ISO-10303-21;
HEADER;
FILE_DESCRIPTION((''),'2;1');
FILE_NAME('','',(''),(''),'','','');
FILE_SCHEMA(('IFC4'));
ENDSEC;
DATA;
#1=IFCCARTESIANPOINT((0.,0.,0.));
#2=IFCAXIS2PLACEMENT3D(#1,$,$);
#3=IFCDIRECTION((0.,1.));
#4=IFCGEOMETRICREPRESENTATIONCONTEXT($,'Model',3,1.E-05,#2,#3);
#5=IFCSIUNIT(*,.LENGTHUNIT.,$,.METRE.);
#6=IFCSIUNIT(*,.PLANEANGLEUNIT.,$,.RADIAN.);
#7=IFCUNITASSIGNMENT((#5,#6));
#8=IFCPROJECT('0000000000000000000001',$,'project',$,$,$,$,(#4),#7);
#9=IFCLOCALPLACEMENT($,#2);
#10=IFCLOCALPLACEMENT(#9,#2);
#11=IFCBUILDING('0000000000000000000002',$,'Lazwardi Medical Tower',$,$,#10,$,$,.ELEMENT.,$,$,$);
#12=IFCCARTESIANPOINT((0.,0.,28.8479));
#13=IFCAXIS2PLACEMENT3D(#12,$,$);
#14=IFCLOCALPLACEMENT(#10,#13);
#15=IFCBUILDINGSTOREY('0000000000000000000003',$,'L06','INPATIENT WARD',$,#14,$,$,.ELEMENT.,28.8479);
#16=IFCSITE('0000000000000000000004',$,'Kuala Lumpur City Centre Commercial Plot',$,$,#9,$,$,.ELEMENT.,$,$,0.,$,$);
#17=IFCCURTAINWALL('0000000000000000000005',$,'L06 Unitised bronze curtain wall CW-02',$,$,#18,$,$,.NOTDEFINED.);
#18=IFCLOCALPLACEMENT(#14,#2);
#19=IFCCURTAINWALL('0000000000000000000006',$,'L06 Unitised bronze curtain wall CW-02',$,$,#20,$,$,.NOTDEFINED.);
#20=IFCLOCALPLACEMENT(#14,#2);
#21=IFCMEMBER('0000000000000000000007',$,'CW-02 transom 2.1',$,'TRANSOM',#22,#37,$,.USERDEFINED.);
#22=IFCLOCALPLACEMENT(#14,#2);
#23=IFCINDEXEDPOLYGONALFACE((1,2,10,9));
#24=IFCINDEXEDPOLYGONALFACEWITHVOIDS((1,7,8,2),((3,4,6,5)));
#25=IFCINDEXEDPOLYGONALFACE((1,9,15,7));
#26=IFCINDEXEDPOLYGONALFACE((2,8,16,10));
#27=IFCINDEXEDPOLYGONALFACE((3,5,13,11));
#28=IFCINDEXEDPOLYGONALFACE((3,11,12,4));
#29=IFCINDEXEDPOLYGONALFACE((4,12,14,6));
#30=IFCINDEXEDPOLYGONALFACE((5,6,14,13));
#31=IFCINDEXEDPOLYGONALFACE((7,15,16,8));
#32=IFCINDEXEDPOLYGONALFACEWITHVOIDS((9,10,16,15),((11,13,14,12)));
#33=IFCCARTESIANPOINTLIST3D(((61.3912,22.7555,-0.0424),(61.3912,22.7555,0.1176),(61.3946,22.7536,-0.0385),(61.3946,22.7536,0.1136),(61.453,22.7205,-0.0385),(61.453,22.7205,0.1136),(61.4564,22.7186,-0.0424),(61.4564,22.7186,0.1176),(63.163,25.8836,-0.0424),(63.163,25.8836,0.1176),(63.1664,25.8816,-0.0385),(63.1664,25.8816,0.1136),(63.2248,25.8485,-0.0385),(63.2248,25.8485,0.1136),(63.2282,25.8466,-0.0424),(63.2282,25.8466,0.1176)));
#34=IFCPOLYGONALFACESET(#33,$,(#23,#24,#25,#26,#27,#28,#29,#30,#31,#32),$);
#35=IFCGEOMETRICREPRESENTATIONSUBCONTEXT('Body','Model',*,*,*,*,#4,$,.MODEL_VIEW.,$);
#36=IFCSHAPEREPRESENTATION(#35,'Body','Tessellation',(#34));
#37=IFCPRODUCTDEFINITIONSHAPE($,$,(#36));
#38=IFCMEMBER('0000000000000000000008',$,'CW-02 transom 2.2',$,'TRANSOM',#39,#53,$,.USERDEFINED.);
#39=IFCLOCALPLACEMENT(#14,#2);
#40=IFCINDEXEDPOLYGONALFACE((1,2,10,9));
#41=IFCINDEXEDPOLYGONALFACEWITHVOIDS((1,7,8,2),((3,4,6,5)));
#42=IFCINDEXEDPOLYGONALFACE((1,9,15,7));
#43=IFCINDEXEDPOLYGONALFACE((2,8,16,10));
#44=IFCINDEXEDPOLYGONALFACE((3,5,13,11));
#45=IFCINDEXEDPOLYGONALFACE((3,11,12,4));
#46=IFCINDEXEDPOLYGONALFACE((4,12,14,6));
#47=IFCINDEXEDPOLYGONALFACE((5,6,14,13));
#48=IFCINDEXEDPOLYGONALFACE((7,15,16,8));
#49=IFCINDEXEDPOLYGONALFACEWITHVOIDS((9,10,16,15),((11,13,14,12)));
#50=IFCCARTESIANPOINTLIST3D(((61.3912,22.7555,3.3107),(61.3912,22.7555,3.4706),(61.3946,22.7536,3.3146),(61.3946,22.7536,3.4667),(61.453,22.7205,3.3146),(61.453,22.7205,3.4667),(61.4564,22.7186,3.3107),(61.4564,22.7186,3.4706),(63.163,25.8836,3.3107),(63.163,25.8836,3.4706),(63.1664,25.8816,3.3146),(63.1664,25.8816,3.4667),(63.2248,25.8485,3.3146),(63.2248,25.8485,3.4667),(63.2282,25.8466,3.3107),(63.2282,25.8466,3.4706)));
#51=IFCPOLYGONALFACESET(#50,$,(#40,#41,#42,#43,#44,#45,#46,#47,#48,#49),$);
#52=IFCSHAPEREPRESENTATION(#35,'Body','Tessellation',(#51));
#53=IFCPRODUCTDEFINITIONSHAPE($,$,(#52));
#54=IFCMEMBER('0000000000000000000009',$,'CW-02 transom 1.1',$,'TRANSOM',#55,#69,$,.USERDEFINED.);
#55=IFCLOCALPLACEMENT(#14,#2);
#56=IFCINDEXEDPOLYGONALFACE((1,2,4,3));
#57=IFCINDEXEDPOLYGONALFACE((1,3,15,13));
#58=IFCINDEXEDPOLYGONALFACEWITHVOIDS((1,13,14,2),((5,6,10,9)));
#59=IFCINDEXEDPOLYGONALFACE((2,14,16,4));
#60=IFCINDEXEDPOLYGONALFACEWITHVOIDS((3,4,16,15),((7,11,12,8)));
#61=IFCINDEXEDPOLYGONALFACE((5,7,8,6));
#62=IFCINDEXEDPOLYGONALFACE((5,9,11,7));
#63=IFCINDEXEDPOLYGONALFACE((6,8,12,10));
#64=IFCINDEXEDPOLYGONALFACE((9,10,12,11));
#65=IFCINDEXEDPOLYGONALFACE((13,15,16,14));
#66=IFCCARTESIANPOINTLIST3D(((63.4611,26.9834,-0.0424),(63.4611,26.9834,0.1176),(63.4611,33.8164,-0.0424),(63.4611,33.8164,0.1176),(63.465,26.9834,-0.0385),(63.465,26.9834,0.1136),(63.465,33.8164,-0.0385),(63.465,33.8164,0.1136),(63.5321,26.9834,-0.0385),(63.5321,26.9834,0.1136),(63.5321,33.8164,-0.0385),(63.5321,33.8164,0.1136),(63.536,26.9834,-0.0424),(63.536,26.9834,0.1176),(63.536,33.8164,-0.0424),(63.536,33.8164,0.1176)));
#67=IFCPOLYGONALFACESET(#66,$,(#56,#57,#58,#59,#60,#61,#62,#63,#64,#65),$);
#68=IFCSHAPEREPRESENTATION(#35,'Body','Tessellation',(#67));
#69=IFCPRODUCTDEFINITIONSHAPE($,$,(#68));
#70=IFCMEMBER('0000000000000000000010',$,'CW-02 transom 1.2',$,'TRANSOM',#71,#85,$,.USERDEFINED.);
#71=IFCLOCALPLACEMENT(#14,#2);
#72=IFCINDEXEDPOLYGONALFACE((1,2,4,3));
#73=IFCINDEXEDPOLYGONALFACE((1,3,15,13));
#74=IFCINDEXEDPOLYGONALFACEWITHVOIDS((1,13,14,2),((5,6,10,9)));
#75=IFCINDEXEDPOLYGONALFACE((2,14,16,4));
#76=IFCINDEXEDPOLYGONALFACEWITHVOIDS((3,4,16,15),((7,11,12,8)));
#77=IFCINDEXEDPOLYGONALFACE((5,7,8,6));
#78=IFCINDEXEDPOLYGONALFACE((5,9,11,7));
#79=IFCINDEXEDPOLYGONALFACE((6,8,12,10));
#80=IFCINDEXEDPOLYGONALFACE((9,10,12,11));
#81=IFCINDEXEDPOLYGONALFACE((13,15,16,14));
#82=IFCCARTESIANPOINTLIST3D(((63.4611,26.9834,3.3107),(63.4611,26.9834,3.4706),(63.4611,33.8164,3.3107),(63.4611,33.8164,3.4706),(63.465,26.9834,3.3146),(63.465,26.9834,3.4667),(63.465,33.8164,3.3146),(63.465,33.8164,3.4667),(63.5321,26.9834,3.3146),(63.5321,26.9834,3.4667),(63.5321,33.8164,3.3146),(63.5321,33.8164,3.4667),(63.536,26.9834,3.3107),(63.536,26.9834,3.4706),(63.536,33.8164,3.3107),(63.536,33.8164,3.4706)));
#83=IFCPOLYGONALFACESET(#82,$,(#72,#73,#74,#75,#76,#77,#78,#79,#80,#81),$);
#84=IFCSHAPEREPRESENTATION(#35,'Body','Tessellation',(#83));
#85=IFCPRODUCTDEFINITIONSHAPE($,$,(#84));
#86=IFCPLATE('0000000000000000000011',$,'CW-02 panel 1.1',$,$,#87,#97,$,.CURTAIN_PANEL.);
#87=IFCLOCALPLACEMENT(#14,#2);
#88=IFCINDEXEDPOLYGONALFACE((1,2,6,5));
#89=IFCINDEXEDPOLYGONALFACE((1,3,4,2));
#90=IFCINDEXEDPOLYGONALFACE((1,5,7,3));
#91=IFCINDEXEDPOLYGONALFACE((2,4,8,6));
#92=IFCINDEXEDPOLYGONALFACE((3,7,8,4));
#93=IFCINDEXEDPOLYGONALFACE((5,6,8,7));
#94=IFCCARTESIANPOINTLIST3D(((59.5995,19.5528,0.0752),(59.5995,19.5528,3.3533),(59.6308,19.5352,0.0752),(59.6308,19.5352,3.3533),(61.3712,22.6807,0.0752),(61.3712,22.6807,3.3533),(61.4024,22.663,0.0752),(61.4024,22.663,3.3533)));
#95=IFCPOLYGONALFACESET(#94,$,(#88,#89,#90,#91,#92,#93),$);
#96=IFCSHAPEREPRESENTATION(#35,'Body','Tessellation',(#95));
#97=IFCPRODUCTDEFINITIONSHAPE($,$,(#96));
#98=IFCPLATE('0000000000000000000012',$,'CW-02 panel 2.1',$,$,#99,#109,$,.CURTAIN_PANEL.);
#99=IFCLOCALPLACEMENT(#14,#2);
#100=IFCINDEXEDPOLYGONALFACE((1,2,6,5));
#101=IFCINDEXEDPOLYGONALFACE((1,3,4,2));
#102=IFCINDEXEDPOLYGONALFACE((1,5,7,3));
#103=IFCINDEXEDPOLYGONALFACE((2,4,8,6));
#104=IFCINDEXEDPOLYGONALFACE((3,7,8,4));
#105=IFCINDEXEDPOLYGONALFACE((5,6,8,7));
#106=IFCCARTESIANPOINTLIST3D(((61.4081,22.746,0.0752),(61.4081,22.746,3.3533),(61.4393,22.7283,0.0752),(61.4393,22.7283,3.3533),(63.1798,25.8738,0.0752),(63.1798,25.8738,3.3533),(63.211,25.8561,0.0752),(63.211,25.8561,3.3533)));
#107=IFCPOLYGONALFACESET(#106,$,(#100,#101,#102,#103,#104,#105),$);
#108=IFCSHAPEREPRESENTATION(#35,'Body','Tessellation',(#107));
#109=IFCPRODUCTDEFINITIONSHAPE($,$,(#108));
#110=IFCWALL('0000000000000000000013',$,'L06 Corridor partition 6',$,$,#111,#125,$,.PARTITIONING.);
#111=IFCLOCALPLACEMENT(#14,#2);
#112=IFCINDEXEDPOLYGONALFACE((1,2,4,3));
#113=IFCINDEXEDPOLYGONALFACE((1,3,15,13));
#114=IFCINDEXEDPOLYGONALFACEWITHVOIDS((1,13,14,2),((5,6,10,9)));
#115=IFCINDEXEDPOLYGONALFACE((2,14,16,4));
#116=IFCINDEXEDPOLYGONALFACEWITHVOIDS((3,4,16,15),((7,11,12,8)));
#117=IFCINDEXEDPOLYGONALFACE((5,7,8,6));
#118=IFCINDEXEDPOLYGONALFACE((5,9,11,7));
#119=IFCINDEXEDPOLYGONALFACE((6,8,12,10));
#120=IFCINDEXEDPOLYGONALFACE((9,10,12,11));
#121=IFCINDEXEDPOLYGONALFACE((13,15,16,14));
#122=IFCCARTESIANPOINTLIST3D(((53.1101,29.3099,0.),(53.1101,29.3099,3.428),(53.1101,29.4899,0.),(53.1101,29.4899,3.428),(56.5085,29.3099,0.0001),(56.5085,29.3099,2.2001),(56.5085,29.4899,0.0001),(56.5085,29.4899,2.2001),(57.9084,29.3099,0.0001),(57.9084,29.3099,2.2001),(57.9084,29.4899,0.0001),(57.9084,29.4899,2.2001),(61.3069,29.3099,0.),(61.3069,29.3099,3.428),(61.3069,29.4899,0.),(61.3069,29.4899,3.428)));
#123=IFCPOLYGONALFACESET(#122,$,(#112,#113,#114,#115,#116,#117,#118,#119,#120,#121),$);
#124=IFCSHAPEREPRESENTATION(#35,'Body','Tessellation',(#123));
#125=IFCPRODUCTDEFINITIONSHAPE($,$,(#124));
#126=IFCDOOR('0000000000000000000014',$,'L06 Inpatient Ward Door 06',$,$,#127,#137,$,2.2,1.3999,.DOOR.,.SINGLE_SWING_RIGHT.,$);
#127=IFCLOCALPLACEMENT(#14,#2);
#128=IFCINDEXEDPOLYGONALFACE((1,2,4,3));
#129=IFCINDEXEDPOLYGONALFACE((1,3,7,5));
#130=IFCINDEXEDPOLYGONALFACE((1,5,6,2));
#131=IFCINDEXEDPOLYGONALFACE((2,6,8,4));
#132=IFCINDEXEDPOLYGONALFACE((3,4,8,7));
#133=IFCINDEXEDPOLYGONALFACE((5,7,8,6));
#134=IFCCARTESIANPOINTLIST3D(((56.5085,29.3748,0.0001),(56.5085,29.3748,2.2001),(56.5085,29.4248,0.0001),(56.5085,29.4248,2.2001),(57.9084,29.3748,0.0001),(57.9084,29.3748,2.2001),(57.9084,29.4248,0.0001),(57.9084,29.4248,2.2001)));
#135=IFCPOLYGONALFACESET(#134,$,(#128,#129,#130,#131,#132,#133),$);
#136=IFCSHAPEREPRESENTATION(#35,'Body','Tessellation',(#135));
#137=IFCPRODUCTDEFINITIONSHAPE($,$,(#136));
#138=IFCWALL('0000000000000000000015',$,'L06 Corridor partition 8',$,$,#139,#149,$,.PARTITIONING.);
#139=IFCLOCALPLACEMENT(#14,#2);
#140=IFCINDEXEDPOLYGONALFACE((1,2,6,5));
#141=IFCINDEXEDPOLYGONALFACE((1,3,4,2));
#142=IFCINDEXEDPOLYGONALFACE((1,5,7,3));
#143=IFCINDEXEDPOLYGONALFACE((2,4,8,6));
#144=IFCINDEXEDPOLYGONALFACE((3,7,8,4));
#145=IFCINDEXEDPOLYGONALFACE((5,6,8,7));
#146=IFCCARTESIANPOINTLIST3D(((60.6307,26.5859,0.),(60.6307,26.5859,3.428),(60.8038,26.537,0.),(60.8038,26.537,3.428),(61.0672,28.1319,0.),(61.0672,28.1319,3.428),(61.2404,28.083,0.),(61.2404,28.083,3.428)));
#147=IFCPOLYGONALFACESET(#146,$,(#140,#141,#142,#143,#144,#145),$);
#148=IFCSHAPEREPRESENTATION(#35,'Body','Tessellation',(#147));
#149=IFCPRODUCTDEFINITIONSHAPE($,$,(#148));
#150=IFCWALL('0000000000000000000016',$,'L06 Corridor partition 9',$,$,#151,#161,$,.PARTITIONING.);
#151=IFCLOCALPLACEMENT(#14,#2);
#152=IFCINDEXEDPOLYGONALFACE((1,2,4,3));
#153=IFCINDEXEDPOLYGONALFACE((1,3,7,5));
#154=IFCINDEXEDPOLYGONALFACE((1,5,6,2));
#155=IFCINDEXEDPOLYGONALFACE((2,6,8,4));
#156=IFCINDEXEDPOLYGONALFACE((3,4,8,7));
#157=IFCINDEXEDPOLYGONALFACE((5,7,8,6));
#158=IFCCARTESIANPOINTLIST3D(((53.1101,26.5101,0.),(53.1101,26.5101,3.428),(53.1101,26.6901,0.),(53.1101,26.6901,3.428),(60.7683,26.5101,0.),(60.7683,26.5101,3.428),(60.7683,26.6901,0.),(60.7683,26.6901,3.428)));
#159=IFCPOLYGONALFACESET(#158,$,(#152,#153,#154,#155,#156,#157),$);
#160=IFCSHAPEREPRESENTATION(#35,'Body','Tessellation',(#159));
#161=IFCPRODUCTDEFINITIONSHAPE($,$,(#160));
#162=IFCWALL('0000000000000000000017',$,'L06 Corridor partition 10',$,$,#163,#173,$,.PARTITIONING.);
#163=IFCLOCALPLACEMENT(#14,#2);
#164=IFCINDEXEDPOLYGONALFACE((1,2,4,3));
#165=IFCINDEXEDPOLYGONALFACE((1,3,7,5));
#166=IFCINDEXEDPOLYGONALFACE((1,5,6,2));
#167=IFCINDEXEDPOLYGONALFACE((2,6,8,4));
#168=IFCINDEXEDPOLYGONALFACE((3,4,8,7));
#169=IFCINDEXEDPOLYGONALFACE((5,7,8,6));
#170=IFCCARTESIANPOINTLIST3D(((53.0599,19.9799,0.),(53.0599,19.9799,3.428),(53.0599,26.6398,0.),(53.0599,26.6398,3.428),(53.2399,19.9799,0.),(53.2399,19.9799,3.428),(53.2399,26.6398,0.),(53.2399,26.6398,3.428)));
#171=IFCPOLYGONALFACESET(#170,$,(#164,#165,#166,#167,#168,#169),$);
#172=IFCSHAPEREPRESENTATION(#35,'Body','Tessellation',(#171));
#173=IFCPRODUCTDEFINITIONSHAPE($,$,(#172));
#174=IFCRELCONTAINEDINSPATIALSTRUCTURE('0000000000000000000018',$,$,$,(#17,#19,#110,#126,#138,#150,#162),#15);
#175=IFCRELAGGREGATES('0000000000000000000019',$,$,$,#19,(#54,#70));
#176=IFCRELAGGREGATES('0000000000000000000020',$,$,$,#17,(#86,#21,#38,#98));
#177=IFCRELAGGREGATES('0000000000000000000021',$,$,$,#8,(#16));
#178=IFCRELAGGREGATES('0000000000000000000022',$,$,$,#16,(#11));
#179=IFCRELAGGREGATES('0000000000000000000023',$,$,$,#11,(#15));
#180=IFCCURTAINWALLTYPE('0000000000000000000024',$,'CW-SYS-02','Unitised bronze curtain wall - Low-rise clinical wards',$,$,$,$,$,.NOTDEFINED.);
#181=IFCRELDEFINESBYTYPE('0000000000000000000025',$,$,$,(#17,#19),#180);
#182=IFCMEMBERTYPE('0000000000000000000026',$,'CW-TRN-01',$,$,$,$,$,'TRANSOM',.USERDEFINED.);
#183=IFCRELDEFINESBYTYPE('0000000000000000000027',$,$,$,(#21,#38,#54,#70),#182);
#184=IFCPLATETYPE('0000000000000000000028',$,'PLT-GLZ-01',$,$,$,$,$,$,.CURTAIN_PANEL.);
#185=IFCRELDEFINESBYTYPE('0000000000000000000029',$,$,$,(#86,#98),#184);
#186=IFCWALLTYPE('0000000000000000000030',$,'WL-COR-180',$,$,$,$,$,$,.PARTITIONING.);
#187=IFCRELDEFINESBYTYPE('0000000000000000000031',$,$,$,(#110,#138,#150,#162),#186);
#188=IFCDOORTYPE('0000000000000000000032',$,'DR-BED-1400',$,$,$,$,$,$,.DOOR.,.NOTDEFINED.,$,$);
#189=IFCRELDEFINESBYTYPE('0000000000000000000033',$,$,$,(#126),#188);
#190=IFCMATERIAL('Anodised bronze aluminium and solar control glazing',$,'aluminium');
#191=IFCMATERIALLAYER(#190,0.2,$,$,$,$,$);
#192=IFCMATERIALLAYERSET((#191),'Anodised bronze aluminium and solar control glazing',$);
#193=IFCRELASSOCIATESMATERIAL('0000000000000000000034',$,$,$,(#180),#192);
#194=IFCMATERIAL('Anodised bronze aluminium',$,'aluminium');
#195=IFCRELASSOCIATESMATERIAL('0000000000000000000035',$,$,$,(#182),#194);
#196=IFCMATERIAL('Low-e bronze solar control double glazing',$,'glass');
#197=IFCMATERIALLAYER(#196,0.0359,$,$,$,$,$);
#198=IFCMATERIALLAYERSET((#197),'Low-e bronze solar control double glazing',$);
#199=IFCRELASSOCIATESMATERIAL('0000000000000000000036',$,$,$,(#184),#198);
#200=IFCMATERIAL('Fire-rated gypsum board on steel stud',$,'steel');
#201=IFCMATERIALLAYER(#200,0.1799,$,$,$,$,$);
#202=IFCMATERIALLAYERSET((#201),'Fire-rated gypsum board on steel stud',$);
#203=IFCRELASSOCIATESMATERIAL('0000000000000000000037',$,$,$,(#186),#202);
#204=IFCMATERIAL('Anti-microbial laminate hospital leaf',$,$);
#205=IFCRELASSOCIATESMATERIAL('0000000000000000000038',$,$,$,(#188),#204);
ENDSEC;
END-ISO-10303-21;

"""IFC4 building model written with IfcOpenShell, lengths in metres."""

from ifc_helpers import new_model, si_unit, direction, frame, frame_2d, origin, origin_2d, place, context, subcontext, project, spatial, rectangle, hollow_rectangle, extrude, material, layer, layer_set, material_profile, profile_set, type_object, element, fill, aggregate, save


model = new_model("IFC4")

# Units and contexts
model_context = context("Model", 3, precision=1e-05, world=origin(), true_north=direction((0.0, 1.0)))
body_context = subcontext(model_context, "Body", "Model", "MODEL_VIEW")
ifc_project = project(units=[si_unit("LENGTHUNIT", "METRE"), si_unit("PLANEANGLEUNIT", "RADIAN")], contexts=[model_context])

# Site, building, storey
site_placement = place(None, origin())
site = spatial("IfcSite", under=ifc_project, at=site_placement, Name="Kuala Lumpur City Centre Commercial Plot", CompositionType="ELEMENT", RefElevation=0.0)
building_placement = place(site_placement, origin())
building = spatial("IfcBuilding", under=site, at=building_placement, Name="Lazwardi Medical Tower", CompositionType="ELEMENT")
storey_placement = place(building_placement, frame((0.0, 0.0, 28.8479)))
storey = spatial("IfcBuildingStorey", under=building, at=storey_placement, Name="L06", Description="INPATIENT WARD", CompositionType="ELEMENT", Elevation=28.8479)

# Curtain wall
ifc_material_1 = material(Name="Anodised bronze aluminium and solar control glazing", Category="aluminium")
ifc_layer_1 = layer(ifc_material_1, 0.2)
ifc_layer_set_1 = layer_set([ifc_layer_1], Name="Anodised bronze aluminium and solar control glazing")
curtain_wall_type = type_object("IfcCurtainWallType", Name="CW-SYS-02", Description="Unitised bronze curtain wall - Low-rise clinical wards", PredefinedType="NOTDEFINED", material=ifc_layer_set_1)
curtain_wall_1_placement = place(storey_placement, origin())
curtain_wall_1 = element("IfcCurtainWall", 1, at=curtain_wall_1_placement, inside=storey, type_object=curtain_wall_type, Name="L06 Unitised bronze curtain wall CW-02", PredefinedType="NOTDEFINED")
ifc_material_2 = material(Name="Anodised bronze aluminium", Category="aluminium")

# Curtain wall
curtain_wall_2_placement = place(storey_placement, origin())
curtain_wall_2 = element("IfcCurtainWall", 2, at=curtain_wall_2_placement, inside=storey, type_object=curtain_wall_type, Name="L06 Unitised bronze curtain wall CW-02", PredefinedType="NOTDEFINED")

# Members
ifc_material_profile_1 = material_profile(ifc_material_2, hollow_rectangle(XDim=0.075, YDim=0.1599, WallThickness=0.0039, at=origin_2d()), Name="ALU-TRANSOM 160x75x4")
ifc_profile_set_1 = profile_set([ifc_material_profile_1], Name="Anodised bronze aluminium")
member_type_1 = type_object("IfcMemberType", Name="CW-TRN-01", ElementType="TRANSOM", PredefinedType="USERDEFINED", material=ifc_profile_set_1)
member_1_placement = place(storey_placement, frame((61.4238, 22.7371, 0.0376), z_axis=(0.492851, 0.870113, 0.0), x_axis=(-0.870113, 0.492851, 0.0)))
member_1 = element("IfcMember", 3, at=member_1_placement, type_object=member_type_1, Name="CW-02 transom 2.1", ObjectType="TRANSOM", PredefinedType="USERDEFINED", context=body_context, shape_type="SweptSolid", body=[
    extrude(hollow_rectangle(XDim=0.075, YDim=0.1599, WallThickness=0.0039, at=origin_2d()), origin(), (0.0, 0.0, 1.0), 3.595),
])
member_2_placement = place(storey_placement, frame((61.4238, 22.7371, 3.3906), z_axis=(0.492851, 0.870113, 0.0), x_axis=(-0.870113, 0.492851, 0.0)))
member_2 = element("IfcMember", 4, at=member_2_placement, type_object=member_type_1, Name="CW-02 transom 2.2", ObjectType="TRANSOM", PredefinedType="USERDEFINED", context=body_context, shape_type="SweptSolid", body=[
    extrude(hollow_rectangle(XDim=0.075, YDim=0.1599, WallThickness=0.0039, at=origin_2d()), origin(), (0.0, 0.0, 1.0), 3.595),
])
member_3_placement = place(storey_placement, frame((63.4985, 26.9834, 0.0376), z_axis=(0.0, 1.0, 0.0), x_axis=(-1.0, 0.0, 0.0)))
member_3 = element("IfcMember", 5, at=member_3_placement, type_object=member_type_1, Name="CW-02 transom 1.1", ObjectType="TRANSOM", PredefinedType="USERDEFINED", context=body_context, shape_type="SweptSolid", body=[
    extrude(hollow_rectangle(XDim=0.075, YDim=0.1599, WallThickness=0.0039, at=origin_2d()), origin(), (0.0, 0.0, 1.0), 6.833),
])
member_4_placement = place(storey_placement, frame((63.4985, 26.9834, 3.3906), z_axis=(0.0, 1.0, 0.0), x_axis=(-1.0, 0.0, 0.0)))
member_4 = element("IfcMember", 6, at=member_4_placement, type_object=member_type_1, Name="CW-02 transom 1.2", ObjectType="TRANSOM", PredefinedType="USERDEFINED", context=body_context, shape_type="SweptSolid", body=[
    extrude(hollow_rectangle(XDim=0.075, YDim=0.1599, WallThickness=0.0039, at=origin_2d()), origin(), (0.0, 0.0, 1.0), 6.833),
])
aggregate(curtain_wall_2, [member_3, member_4])

# Plates
ifc_material_3 = material(Name="Low-e bronze solar control double glazing", Category="glass")
ifc_layer_2 = layer(ifc_material_3, 0.0359)
ifc_layer_set_2 = layer_set([ifc_layer_2], Name="Low-e bronze solar control double glazing")
plate_type = type_object("IfcPlateType", Name="PLT-GLZ-01", PredefinedType="CURTAIN_PANEL", material=ifc_layer_set_2)
plate_1_placement = place(storey_placement, frame((60.501, 21.1079, 0.0752), z_axis=(0.0, 0.0, 1.0), x_axis=(0.492854, 0.870112, 0.0)))
plate_1 = element("IfcPlate", 7, at=plate_1_placement, type_object=plate_type, Name="CW-02 panel 1.1", PredefinedType="CURTAIN_PANEL", context=body_context, shape_type="SweptSolid", body=[
    extrude(rectangle(XDim=3.5947, YDim=0.0359, at=origin_2d()), origin(), (0.0, 0.0, 1.0), 3.2781),
])
plate_2_placement = place(storey_placement, frame((62.3096, 24.301, 0.0752), z_axis=(0.0, 0.0, 1.0), x_axis=(0.492854, 0.870112, 0.0)))
plate_2 = element("IfcPlate", 8, at=plate_2_placement, type_object=plate_type, Name="CW-02 panel 2.1", PredefinedType="CURTAIN_PANEL", context=body_context, shape_type="SweptSolid", body=[
    extrude(rectangle(XDim=3.5947, YDim=0.0359, at=origin_2d()), origin(), (0.0, 0.0, 1.0), 3.2781),
])
aggregate(curtain_wall_1, [plate_1, member_1, member_2, plate_2])

# Wall, opening, door
ifc_material_4 = material(Name="Fire-rated gypsum board on steel stud", Category="steel")
ifc_layer_3 = layer(ifc_material_4, 0.1799)
ifc_layer_set_3 = layer_set([ifc_layer_3], Name="Fire-rated gypsum board on steel stud")
wall_type_1 = type_object("IfcWallType", Name="WL-COR-180", PredefinedType="PARTITIONING", material=ifc_layer_set_3)
wall_1_placement = place(storey_placement, frame((53.1101, 29.3999, 0.0), z_axis=(0.0, 0.0, 1.0), x_axis=(1.0, 0.0, 0.0)))
wall_1 = element("IfcWall", 9, at=wall_1_placement, inside=storey, type_object=wall_type_1, Name="L06 Corridor partition 6", PredefinedType="PARTITIONING", context=body_context, shape_type="SweptSolid", body=[
    extrude(rectangle(XDim=8.1968, YDim=0.1799, at=frame_2d((4.0984, 0.0))), origin(), (0.0, 0.0, 1.0), 3.428),
])
opening_1_placement = place(wall_1_placement, frame((3.3984, 0.0, 0.0)))
opening_1 = element("IfcOpeningElement", 10, at=opening_1_placement, cuts=wall_1, PredefinedType="OPENING", context=body_context, shape_type="SweptSolid", body=[
    extrude(rectangle(XDim=1.3999, YDim=2.2, at=frame_2d((0.7, 1.1001))), frame((0.0, 0.0999, 0.0), z_axis=(0.0, -1.0, 0.0), x_axis=(1.0, 0.0, 0.0)), (0.0, 0.0, 1.0), 0.2),
])
ifc_material_5 = material(Name="Anti-microbial laminate hospital leaf")
door_type_1 = type_object("IfcDoorType", Name="DR-BED-1400", OperationType="NOTDEFINED", PredefinedType="DOOR", material=ifc_material_5)
door_1_placement = place(opening_1_placement, origin())
door_1 = element("IfcDoor", 11, at=door_1_placement, inside=storey, type_object=door_type_1, Name="L06 Inpatient Ward Door 06", OperationType="SINGLE_SWING_RIGHT", OverallHeight=2.2, OverallWidth=1.3999, PredefinedType="DOOR", context=body_context, shape_type="SweptSolid", body=[
    extrude(rectangle(XDim=1.3999, YDim=2.2, at=frame_2d((0.7, 1.1001))), frame((0.0, 0.0249, 0.0), z_axis=(0.0, -1.0, 0.0), x_axis=(1.0, 0.0, 0.0)), (0.0, 0.0, 1.0), 0.05),
])
fill(opening_1, door_1)

# Walls
wall_2_placement = place(storey_placement, frame((61.1538, 28.1074, 0.0), z_axis=(0.0, 0.0, 1.0), x_axis=(-0.271749, -0.962368, 0.0)))
element("IfcWall", 12, at=wall_2_placement, inside=storey, type_object=wall_type_1, Name="L06 Corridor partition 8", PredefinedType="PARTITIONING", context=body_context, shape_type="SweptSolid", body=[
    extrude(rectangle(XDim=1.6064, YDim=0.1799, at=frame_2d((0.8032, 0.0))), origin(), (0.0, 0.0, 1.0), 3.428),
])
wall_3_placement = place(storey_placement, frame((60.7683, 26.6001, 0.0), z_axis=(0.0, 0.0, 1.0), x_axis=(-1.0, 0.0, 0.0)))
element("IfcWall", 13, at=wall_3_placement, inside=storey, type_object=wall_type_1, Name="L06 Corridor partition 9", PredefinedType="PARTITIONING", context=body_context, shape_type="SweptSolid", body=[
    extrude(rectangle(XDim=7.6582, YDim=0.1799, at=frame_2d((3.8291, 0.0))), origin(), (0.0, 0.0, 1.0), 3.428),
])
wall_4_placement = place(storey_placement, frame((53.1499, 26.6399, 0.0), z_axis=(0.0, 0.0, 1.0), x_axis=(0.0, -1.0, 0.0)))
element("IfcWall", 14, at=wall_4_placement, inside=storey, type_object=wall_type_1, Name="L06 Corridor partition 10", PredefinedType="PARTITIONING", context=body_context, shape_type="SweptSolid", body=[
    extrude(rectangle(XDim=6.6599, YDim=0.1799, at=frame_2d((3.3301, 0.0))), origin(), (0.0, 0.0, 1.0), 3.428),
])

save(model, "model.ifc")
